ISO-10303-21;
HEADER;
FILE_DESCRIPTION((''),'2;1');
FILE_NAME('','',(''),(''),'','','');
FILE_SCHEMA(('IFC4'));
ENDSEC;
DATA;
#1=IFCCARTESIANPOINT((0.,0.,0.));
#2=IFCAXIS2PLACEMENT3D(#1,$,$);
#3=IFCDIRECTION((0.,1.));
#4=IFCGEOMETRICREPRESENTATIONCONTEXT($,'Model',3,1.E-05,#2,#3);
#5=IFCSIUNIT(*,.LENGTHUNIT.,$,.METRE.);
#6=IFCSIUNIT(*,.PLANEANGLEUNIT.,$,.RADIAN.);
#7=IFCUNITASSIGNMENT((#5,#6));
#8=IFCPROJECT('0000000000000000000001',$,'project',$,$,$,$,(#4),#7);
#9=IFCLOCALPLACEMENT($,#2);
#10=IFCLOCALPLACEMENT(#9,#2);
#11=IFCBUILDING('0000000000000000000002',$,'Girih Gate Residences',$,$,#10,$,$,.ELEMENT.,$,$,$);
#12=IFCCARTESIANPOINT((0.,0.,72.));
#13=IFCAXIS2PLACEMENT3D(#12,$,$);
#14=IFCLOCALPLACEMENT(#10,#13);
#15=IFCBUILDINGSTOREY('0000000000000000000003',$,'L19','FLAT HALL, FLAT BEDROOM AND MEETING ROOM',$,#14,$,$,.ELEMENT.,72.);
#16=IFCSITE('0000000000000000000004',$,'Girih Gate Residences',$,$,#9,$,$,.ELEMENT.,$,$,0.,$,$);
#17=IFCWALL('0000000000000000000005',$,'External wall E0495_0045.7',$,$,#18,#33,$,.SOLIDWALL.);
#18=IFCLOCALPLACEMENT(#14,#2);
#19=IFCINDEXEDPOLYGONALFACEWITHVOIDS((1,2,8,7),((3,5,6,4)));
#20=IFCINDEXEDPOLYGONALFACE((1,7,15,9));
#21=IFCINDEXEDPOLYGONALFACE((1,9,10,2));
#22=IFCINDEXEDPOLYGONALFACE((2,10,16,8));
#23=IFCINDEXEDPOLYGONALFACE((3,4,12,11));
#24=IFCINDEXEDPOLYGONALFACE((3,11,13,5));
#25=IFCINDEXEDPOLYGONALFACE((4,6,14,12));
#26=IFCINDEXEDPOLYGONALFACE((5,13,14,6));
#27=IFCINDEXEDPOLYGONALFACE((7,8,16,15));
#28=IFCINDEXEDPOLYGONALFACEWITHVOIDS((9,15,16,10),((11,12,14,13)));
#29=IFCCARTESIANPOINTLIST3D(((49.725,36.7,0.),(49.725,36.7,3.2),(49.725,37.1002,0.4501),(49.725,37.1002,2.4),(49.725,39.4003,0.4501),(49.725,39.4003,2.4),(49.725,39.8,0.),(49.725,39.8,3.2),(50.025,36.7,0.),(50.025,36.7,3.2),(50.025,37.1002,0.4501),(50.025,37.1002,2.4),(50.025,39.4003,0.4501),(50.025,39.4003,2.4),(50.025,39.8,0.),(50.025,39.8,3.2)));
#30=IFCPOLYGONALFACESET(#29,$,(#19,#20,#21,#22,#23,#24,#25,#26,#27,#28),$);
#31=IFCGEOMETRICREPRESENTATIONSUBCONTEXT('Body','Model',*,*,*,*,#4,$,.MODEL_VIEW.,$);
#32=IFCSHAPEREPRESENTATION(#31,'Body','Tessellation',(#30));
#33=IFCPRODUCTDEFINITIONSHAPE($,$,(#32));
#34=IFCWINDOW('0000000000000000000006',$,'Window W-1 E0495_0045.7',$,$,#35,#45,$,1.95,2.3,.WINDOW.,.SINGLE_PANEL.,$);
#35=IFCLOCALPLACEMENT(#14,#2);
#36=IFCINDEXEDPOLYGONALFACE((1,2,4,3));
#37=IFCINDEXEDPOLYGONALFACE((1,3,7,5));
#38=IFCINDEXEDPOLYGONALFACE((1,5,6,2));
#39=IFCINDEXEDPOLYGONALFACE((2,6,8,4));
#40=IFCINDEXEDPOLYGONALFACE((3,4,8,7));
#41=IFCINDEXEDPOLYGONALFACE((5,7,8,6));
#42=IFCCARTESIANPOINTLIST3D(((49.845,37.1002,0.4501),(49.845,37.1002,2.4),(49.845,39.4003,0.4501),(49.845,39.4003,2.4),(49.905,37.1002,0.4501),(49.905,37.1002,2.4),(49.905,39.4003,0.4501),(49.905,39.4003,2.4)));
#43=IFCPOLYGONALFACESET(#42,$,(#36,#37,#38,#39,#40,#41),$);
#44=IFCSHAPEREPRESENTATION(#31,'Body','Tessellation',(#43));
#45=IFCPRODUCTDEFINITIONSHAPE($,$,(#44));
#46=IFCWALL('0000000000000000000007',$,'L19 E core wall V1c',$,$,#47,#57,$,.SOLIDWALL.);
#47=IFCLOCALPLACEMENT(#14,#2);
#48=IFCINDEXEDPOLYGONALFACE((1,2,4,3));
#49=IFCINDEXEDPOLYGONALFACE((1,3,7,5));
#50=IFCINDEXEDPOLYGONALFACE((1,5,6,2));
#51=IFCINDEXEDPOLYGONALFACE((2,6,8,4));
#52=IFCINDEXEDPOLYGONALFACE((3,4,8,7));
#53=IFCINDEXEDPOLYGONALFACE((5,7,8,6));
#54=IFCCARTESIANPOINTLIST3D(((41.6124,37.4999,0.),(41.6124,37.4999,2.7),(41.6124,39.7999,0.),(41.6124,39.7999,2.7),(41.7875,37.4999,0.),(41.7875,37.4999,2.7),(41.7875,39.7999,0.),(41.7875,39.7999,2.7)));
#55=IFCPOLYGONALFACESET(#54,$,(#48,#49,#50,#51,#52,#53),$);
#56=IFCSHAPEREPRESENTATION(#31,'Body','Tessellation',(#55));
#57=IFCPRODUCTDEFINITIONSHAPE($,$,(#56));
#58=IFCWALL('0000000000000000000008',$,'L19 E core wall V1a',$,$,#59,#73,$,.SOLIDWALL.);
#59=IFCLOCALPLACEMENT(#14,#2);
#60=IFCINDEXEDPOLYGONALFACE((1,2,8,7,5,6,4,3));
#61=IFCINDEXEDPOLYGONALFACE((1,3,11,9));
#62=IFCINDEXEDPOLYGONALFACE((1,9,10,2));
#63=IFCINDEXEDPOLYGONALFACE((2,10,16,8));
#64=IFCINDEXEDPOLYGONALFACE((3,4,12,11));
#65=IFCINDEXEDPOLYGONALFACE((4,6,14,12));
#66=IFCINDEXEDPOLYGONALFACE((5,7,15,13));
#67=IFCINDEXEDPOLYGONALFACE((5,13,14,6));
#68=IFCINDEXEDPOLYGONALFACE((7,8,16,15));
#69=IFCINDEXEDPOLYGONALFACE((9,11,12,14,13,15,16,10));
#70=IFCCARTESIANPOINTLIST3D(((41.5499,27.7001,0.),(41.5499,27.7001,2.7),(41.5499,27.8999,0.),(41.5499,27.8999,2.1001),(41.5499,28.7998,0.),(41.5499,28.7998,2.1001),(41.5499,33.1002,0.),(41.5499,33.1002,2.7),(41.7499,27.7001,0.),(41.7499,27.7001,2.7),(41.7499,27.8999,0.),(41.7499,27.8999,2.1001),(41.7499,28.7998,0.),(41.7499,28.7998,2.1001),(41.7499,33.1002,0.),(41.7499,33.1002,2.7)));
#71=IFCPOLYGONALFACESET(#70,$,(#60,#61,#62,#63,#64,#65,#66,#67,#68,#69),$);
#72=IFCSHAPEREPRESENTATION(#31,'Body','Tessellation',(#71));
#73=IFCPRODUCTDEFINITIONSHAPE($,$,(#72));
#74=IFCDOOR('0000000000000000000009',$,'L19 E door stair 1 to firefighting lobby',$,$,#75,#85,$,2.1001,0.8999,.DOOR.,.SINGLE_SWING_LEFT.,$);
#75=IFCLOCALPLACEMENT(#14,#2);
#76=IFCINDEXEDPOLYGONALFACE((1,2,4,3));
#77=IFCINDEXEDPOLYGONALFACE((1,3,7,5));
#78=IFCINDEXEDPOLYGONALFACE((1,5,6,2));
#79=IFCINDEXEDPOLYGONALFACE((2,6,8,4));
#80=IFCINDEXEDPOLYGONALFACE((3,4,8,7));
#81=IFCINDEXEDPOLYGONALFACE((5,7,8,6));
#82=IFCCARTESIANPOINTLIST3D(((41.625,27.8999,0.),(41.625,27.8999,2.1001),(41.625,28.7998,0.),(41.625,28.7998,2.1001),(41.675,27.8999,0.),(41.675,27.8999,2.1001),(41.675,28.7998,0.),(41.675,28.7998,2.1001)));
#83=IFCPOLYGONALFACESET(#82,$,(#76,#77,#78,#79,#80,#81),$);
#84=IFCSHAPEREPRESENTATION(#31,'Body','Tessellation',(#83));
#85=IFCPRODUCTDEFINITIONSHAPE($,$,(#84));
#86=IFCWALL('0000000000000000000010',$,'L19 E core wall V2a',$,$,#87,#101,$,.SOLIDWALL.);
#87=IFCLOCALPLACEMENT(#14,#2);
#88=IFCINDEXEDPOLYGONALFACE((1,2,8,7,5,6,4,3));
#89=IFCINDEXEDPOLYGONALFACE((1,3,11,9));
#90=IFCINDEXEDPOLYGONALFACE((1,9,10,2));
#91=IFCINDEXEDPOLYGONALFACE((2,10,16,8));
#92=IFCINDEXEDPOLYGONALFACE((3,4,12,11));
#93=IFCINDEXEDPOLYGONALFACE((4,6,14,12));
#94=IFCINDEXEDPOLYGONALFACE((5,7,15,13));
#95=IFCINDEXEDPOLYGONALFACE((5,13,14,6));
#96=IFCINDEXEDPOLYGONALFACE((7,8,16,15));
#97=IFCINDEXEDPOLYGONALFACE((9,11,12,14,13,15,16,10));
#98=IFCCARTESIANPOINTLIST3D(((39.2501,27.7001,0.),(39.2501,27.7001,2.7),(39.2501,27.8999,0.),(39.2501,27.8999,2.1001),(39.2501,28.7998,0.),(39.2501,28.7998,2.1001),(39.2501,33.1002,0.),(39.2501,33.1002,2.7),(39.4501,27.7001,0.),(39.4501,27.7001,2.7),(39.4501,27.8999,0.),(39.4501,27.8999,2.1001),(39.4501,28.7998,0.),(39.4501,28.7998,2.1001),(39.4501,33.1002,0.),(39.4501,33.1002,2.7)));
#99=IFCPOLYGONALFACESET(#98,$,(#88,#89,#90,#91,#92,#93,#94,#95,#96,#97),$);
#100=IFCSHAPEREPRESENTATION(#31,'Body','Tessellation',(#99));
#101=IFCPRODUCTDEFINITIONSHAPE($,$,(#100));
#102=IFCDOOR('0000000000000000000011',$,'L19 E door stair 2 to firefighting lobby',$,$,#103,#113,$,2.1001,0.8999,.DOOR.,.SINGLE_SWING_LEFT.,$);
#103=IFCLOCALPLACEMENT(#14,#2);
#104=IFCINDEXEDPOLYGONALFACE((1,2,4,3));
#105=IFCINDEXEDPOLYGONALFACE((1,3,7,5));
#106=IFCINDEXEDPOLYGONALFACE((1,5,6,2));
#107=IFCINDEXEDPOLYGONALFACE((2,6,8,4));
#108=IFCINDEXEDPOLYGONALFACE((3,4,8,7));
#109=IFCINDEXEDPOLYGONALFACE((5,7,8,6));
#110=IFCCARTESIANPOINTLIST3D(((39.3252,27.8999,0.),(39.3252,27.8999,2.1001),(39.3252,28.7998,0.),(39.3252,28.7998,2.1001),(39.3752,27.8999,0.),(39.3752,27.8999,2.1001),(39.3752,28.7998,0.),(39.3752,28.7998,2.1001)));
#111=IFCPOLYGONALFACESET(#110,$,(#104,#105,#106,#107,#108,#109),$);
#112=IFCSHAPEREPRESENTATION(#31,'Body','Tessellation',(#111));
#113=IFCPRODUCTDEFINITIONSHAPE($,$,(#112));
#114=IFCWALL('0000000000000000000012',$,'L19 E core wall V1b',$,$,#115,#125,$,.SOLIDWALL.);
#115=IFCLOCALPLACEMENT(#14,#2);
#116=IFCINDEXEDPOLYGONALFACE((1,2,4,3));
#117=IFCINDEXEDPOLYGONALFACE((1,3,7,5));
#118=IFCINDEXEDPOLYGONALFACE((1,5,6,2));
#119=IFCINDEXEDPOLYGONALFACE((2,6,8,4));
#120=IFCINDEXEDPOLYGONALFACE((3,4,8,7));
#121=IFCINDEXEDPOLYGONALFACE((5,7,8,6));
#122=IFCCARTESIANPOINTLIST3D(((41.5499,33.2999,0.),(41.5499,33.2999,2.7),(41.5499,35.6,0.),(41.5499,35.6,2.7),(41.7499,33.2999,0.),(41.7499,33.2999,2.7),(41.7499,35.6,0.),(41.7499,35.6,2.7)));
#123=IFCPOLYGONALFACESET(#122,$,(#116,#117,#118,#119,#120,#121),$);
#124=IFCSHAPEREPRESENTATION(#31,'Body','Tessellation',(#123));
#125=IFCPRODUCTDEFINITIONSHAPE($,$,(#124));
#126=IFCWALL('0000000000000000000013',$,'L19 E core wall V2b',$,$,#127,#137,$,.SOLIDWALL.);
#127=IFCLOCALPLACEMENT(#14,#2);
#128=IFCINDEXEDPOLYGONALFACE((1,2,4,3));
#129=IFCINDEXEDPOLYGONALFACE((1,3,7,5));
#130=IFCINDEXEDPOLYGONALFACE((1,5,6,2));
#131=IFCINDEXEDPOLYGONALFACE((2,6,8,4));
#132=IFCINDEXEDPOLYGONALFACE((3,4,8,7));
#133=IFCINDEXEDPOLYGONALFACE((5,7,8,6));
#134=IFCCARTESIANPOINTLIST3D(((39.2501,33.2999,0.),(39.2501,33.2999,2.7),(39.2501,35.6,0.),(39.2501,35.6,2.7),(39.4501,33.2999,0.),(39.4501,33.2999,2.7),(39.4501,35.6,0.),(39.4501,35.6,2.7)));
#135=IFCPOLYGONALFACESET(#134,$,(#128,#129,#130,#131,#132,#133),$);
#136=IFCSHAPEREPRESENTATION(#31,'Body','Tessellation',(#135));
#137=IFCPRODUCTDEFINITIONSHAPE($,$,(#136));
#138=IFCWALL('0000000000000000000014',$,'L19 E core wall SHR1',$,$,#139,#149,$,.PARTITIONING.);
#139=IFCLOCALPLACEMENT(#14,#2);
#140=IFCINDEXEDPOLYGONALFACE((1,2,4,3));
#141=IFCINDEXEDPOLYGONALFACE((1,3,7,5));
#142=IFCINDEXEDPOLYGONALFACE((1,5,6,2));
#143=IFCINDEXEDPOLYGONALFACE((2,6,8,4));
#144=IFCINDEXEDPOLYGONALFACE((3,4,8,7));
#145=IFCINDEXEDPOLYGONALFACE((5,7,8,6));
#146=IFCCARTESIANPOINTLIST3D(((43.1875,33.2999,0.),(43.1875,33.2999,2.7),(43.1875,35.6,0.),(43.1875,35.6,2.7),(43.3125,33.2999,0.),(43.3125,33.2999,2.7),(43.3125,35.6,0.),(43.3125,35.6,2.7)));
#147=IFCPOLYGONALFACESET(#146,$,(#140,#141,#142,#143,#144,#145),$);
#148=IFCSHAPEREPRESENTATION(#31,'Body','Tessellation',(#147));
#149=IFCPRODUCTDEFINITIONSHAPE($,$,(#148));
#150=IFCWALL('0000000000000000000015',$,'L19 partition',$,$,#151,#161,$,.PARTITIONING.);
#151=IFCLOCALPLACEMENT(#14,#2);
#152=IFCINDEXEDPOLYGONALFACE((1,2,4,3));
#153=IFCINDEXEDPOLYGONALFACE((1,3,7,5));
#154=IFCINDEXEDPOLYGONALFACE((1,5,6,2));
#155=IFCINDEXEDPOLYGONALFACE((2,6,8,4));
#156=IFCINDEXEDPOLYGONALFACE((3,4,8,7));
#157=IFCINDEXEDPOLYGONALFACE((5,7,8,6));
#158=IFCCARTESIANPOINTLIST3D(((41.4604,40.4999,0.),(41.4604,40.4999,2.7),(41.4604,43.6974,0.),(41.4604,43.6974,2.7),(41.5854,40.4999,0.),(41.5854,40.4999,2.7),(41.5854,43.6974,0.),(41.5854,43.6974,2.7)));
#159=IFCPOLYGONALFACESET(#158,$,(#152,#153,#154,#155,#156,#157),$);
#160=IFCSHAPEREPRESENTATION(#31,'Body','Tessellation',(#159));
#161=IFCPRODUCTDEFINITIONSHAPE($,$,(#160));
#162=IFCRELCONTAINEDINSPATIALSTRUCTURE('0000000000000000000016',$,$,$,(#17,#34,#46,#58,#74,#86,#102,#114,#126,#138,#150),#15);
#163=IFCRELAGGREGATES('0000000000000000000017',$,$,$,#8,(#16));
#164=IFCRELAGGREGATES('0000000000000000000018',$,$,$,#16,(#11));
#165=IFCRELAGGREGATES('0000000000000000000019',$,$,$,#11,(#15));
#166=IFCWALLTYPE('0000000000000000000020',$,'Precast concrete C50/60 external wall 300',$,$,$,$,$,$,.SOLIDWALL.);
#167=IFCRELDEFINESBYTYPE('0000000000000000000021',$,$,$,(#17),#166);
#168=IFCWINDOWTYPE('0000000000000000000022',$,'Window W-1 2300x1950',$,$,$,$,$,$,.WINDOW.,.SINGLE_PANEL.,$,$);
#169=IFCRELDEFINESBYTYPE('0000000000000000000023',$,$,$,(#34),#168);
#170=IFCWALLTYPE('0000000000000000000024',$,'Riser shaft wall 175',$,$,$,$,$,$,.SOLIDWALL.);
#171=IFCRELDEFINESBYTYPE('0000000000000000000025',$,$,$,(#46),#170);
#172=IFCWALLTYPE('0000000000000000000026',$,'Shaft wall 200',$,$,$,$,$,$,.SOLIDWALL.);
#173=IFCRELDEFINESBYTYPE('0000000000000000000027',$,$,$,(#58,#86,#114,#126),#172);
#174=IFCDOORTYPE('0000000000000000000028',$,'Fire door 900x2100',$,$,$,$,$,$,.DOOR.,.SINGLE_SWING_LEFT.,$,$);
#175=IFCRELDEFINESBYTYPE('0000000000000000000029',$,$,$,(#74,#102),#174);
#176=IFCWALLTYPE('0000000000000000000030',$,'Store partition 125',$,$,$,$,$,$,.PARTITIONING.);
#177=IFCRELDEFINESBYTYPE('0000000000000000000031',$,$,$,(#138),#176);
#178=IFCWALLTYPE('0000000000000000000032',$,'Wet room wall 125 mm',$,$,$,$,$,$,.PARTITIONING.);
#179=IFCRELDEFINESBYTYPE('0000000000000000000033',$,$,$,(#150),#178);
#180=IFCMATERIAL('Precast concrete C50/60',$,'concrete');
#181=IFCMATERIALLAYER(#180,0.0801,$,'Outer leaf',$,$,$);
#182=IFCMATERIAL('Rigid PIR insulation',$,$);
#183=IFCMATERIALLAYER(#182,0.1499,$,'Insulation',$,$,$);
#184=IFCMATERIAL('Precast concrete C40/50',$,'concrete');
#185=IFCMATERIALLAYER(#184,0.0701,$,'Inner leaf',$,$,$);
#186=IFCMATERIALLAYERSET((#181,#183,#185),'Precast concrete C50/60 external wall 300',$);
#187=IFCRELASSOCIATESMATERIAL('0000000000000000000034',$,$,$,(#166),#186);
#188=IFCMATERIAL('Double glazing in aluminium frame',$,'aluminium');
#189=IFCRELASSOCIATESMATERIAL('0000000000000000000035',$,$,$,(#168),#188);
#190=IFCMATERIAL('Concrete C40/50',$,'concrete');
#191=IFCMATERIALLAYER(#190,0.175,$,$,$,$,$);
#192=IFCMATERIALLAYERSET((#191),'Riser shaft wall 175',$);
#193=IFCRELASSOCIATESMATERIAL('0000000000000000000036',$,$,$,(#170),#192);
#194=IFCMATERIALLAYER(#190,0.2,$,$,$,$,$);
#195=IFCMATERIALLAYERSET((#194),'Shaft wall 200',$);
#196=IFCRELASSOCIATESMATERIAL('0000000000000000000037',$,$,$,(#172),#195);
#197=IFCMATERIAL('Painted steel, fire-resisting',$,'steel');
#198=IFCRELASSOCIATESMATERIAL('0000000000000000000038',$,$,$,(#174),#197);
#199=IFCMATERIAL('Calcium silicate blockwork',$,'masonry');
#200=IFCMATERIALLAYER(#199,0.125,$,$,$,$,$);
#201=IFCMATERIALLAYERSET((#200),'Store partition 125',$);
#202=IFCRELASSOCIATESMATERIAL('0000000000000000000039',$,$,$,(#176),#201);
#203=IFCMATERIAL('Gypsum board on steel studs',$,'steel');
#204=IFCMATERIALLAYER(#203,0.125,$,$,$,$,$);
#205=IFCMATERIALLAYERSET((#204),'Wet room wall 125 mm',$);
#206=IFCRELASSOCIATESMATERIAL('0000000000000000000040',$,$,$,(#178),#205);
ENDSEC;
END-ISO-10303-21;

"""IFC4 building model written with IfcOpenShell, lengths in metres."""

from ifc_helpers import new_model, si_unit, direction, frame, frame_2d, origin, place, context, subcontext, project, spatial, rectangle, extrude, material, layer, layer_set, type_object, element, fill, save


model = new_model("IFC4")

# Units and contexts
model_context = context("Model", 3, precision=1e-05, world=origin(), true_north=direction((0.0, 1.0)))
body_context = subcontext(model_context, "Body", "Model", "MODEL_VIEW")
ifc_project = project(units=[si_unit("LENGTHUNIT", "METRE"), si_unit("PLANEANGLEUNIT", "RADIAN")], contexts=[model_context])

# Site, building, storey
site_placement = place(None, origin())
site = spatial("IfcSite", under=ifc_project, at=site_placement, Name="Girih Gate Residences", CompositionType="ELEMENT", RefElevation=0.0)
building_placement = place(site_placement, origin())
building = spatial("IfcBuilding", under=site, at=building_placement, Name="Girih Gate Residences", CompositionType="ELEMENT")
storey_placement = place(building_placement, frame((0.0, 0.0, 72.0)))
storey = spatial("IfcBuildingStorey", under=building, at=storey_placement, Name="L19", Description="FLAT HALL, FLAT BEDROOM AND MEETING ROOM", CompositionType="ELEMENT", Elevation=72.0)

# Shared definitions
ifc_material_1 = material(Name="Gypsum board on steel studs", Category="steel")

# Wall, opening, window
ifc_material_2 = material(Name="Precast concrete C50/60", Category="concrete")
ifc_layer_1 = layer(ifc_material_2, 0.0801, Name="Outer leaf")
ifc_material_3 = material(Name="Rigid PIR insulation")
ifc_layer_2 = layer(ifc_material_3, 0.1499, Name="Insulation")
ifc_material_4 = material(Name="Precast concrete C40/50", Category="concrete")
ifc_layer_3 = layer(ifc_material_4, 0.0701, Name="Inner leaf")
ifc_layer_set_1 = layer_set([ifc_layer_1, ifc_layer_2, ifc_layer_3], Name="Precast concrete C50/60 external wall 300")
wall_type_1 = type_object("IfcWallType", Name="Precast concrete C50/60 external wall 300", PredefinedType="SOLIDWALL", material=ifc_layer_set_1)
ifc_material_5 = material(Name="Double glazing in aluminium frame", Category="aluminium")
window_type = type_object("IfcWindowType", Name="Window W-1 2300x1950", PartitioningType="SINGLE_PANEL", PredefinedType="WINDOW", material=ifc_material_5)
wall_1_placement = place(storey_placement, frame((49.875, 39.8, 0.0), z_axis=(0.0, 0.0, 1.0), x_axis=(0.0, -1.0, 0.0)))
wall_1 = element("IfcWall", 1, at=wall_1_placement, inside=storey, type_object=wall_type_1, Name="External wall E0495_0045.7", PredefinedType="SOLIDWALL", context=body_context, shape_type="SweptSolid", body=[
    extrude(rectangle(XDim=3.1001, YDim=0.3, at=frame_2d((1.55, 0.0))), origin(), (0.0, 0.0, 1.0), 3.2),
])
opening_1_placement = place(wall_1_placement, frame((0.3999, 0.0, 0.45)))
opening_1 = element("IfcOpeningElement", 2, at=opening_1_placement, cuts=wall_1, PredefinedType="OPENING", context=body_context, shape_type="SweptSolid", body=[
    extrude(rectangle(XDim=2.3, YDim=1.95, at=frame_2d((1.1499, 0.9751))), frame((0.0, 0.1599, 0.0), z_axis=(0.0, -1.0, 0.0), x_axis=(1.0, 0.0, 0.0)), (0.0, 0.0, 1.0), 0.3201),
])
window_1_placement = place(opening_1_placement, origin())
window_1 = element("IfcWindow", 3, at=window_1_placement, inside=storey, type_object=window_type, Name="Window W-1 E0495_0045.7", OverallHeight=1.95, OverallWidth=2.3, PartitioningType="SINGLE_PANEL", PredefinedType="WINDOW", context=body_context, shape_type="SweptSolid", body=[
    extrude(rectangle(XDim=2.3, YDim=1.95, at=frame_2d((1.1499, 0.9751))), frame((0.0, 0.03, 0.0), z_axis=(0.0, -1.0, 0.0), x_axis=(1.0, 0.0, 0.0)), (0.0, 0.0, 1.0), 0.0601),
])
fill(opening_1, window_1)

# Wall
ifc_material_6 = material(Name="Concrete C40/50", Category="concrete")
ifc_layer_4 = layer(ifc_material_6, 0.175)
ifc_layer_set_2 = layer_set([ifc_layer_4], Name="Riser shaft wall 175")
wall_type_2 = type_object("IfcWallType", Name="Riser shaft wall 175", PredefinedType="SOLIDWALL", material=ifc_layer_set_2)
wall_2_placement = place(storey_placement, frame((41.7, 37.5, 0.0), z_axis=(0.0, 0.0, 1.0), x_axis=(0.0, 1.0, 0.0)))
element("IfcWall", 4, at=wall_2_placement, inside=storey, type_object=wall_type_2, Name="L19 E core wall V1c", PredefinedType="SOLIDWALL", context=body_context, shape_type="SweptSolid", body=[
    extrude(rectangle(XDim=2.3, YDim=0.175, at=frame_2d((1.1499, 0.0))), origin(), (0.0, 0.0, 1.0), 2.7),
])

# Walls, openings, doors
ifc_layer_5 = layer(ifc_material_6, 0.2)
ifc_layer_set_3 = layer_set([ifc_layer_5], Name="Shaft wall 200")
wall_type_3 = type_object("IfcWallType", Name="Shaft wall 200", PredefinedType="SOLIDWALL", material=ifc_layer_set_3)
wall_3_placement = place(storey_placement, frame((41.6499, 27.7, 0.0), z_axis=(0.0, 0.0, 1.0), x_axis=(0.0, 1.0, 0.0)))
wall_3 = element("IfcWall", 5, at=wall_3_placement, inside=storey, type_object=wall_type_3, Name="L19 E core wall V1a", PredefinedType="SOLIDWALL", context=body_context, shape_type="SweptSolid", body=[
    extrude(rectangle(XDim=5.4001, YDim=0.2, at=frame_2d((2.7002, 0.0))), origin(), (0.0, 0.0, 1.0), 2.7),
])
opening_2_placement = place(wall_3_placement, frame((0.2, 0.0, 0.0)))
opening_2 = element("IfcOpeningElement", 6, at=opening_2_placement, cuts=wall_3, PredefinedType="OPENING", context=body_context, shape_type="SweptSolid", body=[
    extrude(rectangle(XDim=0.8999, YDim=2.1001, at=frame_2d((0.45, 1.05))), frame((0.0, 0.1099, 0.0), z_axis=(0.0, -1.0, 0.0), x_axis=(1.0, 0.0, 0.0)), (0.0, 0.0, 1.0), 0.22),
])
ifc_material_7 = material(Name="Painted steel, fire-resisting", Category="steel")
door_type = type_object("IfcDoorType", Name="Fire door 900x2100", OperationType="SINGLE_SWING_LEFT", PredefinedType="DOOR", material=ifc_material_7)
door_1_placement = place(opening_2_placement, origin())
door_1 = element("IfcDoor", 7, at=door_1_placement, inside=storey, type_object=door_type, Name="L19 E door stair 1 to firefighting lobby", OperationType="SINGLE_SWING_LEFT", OverallHeight=2.1001, OverallWidth=0.8999, PredefinedType="DOOR", context=body_context, shape_type="SweptSolid", body=[
    extrude(rectangle(XDim=0.8999, YDim=2.1001, at=frame_2d((0.45, 1.05))), frame((0.0, 0.0249, 0.0), z_axis=(0.0, -1.0, 0.0), x_axis=(1.0, 0.0, 0.0)), (0.0, 0.0, 1.0), 0.05),
])
fill(opening_2, door_1)
wall_4_placement = place(storey_placement, frame((39.3501, 27.7, 0.0), z_axis=(0.0, 0.0, 1.0), x_axis=(0.0, 1.0, 0.0)))
wall_4 = element("IfcWall", 8, at=wall_4_placement, inside=storey, type_object=wall_type_3, Name="L19 E core wall V2a", PredefinedType="SOLIDWALL", context=body_context, shape_type="SweptSolid", body=[
    extrude(rectangle(XDim=5.4001, YDim=0.2, at=frame_2d((2.7002, 0.0))), origin(), (0.0, 0.0, 1.0), 2.7),
])
opening_3_placement = place(wall_4_placement, frame((0.2, 0.0, 0.0)))
opening_3 = element("IfcOpeningElement", 9, at=opening_3_placement, cuts=wall_4, PredefinedType="OPENING", context=body_context, shape_type="SweptSolid", body=[
    extrude(rectangle(XDim=0.8999, YDim=2.1001, at=frame_2d((0.45, 1.05))), frame((0.0, 0.1099, 0.0), z_axis=(0.0, -1.0, 0.0), x_axis=(1.0, 0.0, 0.0)), (0.0, 0.0, 1.0), 0.22),
])
door_2_placement = place(opening_3_placement, origin())
door_2 = element("IfcDoor", 10, at=door_2_placement, inside=storey, type_object=door_type, Name="L19 E door stair 2 to firefighting lobby", OperationType="SINGLE_SWING_LEFT", OverallHeight=2.1001, OverallWidth=0.8999, PredefinedType="DOOR", context=body_context, shape_type="SweptSolid", body=[
    extrude(rectangle(XDim=0.8999, YDim=2.1001, at=frame_2d((0.45, 1.05))), frame((0.0, 0.0249, 0.0), z_axis=(0.0, -1.0, 0.0), x_axis=(1.0, 0.0, 0.0)), (0.0, 0.0, 1.0), 0.05),
])
fill(opening_3, door_2)

# Walls
for number, where, z_axis, x_axis, name in (
    (11, (41.6499, 33.3, 0.0), (0.0, 0.0, 1.0), (0.0, 1.0, 0.0), "L19 E core wall V1b"),
    (12, (39.3501, 33.3, 0.0), (0.0, 0.0, 1.0), (0.0, 1.0, 0.0), "L19 E core wall V2b"),
):
    element("IfcWall", number, at=place(storey_placement, frame(where, z_axis=z_axis, x_axis=x_axis)), inside=storey, type_object=wall_type_3, Name=name, PredefinedType="SOLIDWALL", context=body_context, shape_type="SweptSolid", body=[
        extrude(rectangle(XDim=2.3, YDim=0.2, at=frame_2d((1.1499, 0.0))), origin(), (0.0, 0.0, 1.0), 2.7),
    ])
ifc_material_8 = material(Name="Calcium silicate blockwork", Category="masonry")
ifc_layer_6 = layer(ifc_material_8, 0.125)
ifc_layer_set_4 = layer_set([ifc_layer_6], Name="Store partition 125")
wall_type_4 = type_object("IfcWallType", Name="Store partition 125", PredefinedType="PARTITIONING", material=ifc_layer_set_4)
wall_5_placement = place(storey_placement, frame((43.25, 33.3, 0.0), z_axis=(0.0, 0.0, 1.0), x_axis=(0.0, 1.0, 0.0)))
element("IfcWall", 13, at=wall_5_placement, inside=storey, type_object=wall_type_4, Name="L19 E core wall SHR1", PredefinedType="PARTITIONING", context=body_context, shape_type="SweptSolid", body=[
    extrude(rectangle(XDim=2.3, YDim=0.125, at=frame_2d((1.1499, 0.0))), origin(), (0.0, 0.0, 1.0), 2.7),
])
ifc_layer_7 = layer(ifc_material_1, 0.125)
ifc_layer_set_5 = layer_set([ifc_layer_7], Name="Wet room wall 125 mm")
wall_type_5 = type_object("IfcWallType", Name="Wet room wall 125 mm", PredefinedType="PARTITIONING", material=ifc_layer_set_5)
wall_6_placement = place(storey_placement, frame((41.5229, 40.5, 0.0), z_axis=(0.0, 0.0, 1.0), x_axis=(0.0, 1.0, 0.0)))
element("IfcWall", 14, at=wall_6_placement, inside=storey, type_object=wall_type_5, Name="L19 partition", PredefinedType="PARTITIONING", context=body_context, shape_type="SweptSolid", body=[
    extrude(rectangle(XDim=3.1975, YDim=0.125, at=frame_2d((1.5986, 0.0))), origin(), (0.0, 0.0, 1.0), 2.7),
])

save(model, "model.ifc")
